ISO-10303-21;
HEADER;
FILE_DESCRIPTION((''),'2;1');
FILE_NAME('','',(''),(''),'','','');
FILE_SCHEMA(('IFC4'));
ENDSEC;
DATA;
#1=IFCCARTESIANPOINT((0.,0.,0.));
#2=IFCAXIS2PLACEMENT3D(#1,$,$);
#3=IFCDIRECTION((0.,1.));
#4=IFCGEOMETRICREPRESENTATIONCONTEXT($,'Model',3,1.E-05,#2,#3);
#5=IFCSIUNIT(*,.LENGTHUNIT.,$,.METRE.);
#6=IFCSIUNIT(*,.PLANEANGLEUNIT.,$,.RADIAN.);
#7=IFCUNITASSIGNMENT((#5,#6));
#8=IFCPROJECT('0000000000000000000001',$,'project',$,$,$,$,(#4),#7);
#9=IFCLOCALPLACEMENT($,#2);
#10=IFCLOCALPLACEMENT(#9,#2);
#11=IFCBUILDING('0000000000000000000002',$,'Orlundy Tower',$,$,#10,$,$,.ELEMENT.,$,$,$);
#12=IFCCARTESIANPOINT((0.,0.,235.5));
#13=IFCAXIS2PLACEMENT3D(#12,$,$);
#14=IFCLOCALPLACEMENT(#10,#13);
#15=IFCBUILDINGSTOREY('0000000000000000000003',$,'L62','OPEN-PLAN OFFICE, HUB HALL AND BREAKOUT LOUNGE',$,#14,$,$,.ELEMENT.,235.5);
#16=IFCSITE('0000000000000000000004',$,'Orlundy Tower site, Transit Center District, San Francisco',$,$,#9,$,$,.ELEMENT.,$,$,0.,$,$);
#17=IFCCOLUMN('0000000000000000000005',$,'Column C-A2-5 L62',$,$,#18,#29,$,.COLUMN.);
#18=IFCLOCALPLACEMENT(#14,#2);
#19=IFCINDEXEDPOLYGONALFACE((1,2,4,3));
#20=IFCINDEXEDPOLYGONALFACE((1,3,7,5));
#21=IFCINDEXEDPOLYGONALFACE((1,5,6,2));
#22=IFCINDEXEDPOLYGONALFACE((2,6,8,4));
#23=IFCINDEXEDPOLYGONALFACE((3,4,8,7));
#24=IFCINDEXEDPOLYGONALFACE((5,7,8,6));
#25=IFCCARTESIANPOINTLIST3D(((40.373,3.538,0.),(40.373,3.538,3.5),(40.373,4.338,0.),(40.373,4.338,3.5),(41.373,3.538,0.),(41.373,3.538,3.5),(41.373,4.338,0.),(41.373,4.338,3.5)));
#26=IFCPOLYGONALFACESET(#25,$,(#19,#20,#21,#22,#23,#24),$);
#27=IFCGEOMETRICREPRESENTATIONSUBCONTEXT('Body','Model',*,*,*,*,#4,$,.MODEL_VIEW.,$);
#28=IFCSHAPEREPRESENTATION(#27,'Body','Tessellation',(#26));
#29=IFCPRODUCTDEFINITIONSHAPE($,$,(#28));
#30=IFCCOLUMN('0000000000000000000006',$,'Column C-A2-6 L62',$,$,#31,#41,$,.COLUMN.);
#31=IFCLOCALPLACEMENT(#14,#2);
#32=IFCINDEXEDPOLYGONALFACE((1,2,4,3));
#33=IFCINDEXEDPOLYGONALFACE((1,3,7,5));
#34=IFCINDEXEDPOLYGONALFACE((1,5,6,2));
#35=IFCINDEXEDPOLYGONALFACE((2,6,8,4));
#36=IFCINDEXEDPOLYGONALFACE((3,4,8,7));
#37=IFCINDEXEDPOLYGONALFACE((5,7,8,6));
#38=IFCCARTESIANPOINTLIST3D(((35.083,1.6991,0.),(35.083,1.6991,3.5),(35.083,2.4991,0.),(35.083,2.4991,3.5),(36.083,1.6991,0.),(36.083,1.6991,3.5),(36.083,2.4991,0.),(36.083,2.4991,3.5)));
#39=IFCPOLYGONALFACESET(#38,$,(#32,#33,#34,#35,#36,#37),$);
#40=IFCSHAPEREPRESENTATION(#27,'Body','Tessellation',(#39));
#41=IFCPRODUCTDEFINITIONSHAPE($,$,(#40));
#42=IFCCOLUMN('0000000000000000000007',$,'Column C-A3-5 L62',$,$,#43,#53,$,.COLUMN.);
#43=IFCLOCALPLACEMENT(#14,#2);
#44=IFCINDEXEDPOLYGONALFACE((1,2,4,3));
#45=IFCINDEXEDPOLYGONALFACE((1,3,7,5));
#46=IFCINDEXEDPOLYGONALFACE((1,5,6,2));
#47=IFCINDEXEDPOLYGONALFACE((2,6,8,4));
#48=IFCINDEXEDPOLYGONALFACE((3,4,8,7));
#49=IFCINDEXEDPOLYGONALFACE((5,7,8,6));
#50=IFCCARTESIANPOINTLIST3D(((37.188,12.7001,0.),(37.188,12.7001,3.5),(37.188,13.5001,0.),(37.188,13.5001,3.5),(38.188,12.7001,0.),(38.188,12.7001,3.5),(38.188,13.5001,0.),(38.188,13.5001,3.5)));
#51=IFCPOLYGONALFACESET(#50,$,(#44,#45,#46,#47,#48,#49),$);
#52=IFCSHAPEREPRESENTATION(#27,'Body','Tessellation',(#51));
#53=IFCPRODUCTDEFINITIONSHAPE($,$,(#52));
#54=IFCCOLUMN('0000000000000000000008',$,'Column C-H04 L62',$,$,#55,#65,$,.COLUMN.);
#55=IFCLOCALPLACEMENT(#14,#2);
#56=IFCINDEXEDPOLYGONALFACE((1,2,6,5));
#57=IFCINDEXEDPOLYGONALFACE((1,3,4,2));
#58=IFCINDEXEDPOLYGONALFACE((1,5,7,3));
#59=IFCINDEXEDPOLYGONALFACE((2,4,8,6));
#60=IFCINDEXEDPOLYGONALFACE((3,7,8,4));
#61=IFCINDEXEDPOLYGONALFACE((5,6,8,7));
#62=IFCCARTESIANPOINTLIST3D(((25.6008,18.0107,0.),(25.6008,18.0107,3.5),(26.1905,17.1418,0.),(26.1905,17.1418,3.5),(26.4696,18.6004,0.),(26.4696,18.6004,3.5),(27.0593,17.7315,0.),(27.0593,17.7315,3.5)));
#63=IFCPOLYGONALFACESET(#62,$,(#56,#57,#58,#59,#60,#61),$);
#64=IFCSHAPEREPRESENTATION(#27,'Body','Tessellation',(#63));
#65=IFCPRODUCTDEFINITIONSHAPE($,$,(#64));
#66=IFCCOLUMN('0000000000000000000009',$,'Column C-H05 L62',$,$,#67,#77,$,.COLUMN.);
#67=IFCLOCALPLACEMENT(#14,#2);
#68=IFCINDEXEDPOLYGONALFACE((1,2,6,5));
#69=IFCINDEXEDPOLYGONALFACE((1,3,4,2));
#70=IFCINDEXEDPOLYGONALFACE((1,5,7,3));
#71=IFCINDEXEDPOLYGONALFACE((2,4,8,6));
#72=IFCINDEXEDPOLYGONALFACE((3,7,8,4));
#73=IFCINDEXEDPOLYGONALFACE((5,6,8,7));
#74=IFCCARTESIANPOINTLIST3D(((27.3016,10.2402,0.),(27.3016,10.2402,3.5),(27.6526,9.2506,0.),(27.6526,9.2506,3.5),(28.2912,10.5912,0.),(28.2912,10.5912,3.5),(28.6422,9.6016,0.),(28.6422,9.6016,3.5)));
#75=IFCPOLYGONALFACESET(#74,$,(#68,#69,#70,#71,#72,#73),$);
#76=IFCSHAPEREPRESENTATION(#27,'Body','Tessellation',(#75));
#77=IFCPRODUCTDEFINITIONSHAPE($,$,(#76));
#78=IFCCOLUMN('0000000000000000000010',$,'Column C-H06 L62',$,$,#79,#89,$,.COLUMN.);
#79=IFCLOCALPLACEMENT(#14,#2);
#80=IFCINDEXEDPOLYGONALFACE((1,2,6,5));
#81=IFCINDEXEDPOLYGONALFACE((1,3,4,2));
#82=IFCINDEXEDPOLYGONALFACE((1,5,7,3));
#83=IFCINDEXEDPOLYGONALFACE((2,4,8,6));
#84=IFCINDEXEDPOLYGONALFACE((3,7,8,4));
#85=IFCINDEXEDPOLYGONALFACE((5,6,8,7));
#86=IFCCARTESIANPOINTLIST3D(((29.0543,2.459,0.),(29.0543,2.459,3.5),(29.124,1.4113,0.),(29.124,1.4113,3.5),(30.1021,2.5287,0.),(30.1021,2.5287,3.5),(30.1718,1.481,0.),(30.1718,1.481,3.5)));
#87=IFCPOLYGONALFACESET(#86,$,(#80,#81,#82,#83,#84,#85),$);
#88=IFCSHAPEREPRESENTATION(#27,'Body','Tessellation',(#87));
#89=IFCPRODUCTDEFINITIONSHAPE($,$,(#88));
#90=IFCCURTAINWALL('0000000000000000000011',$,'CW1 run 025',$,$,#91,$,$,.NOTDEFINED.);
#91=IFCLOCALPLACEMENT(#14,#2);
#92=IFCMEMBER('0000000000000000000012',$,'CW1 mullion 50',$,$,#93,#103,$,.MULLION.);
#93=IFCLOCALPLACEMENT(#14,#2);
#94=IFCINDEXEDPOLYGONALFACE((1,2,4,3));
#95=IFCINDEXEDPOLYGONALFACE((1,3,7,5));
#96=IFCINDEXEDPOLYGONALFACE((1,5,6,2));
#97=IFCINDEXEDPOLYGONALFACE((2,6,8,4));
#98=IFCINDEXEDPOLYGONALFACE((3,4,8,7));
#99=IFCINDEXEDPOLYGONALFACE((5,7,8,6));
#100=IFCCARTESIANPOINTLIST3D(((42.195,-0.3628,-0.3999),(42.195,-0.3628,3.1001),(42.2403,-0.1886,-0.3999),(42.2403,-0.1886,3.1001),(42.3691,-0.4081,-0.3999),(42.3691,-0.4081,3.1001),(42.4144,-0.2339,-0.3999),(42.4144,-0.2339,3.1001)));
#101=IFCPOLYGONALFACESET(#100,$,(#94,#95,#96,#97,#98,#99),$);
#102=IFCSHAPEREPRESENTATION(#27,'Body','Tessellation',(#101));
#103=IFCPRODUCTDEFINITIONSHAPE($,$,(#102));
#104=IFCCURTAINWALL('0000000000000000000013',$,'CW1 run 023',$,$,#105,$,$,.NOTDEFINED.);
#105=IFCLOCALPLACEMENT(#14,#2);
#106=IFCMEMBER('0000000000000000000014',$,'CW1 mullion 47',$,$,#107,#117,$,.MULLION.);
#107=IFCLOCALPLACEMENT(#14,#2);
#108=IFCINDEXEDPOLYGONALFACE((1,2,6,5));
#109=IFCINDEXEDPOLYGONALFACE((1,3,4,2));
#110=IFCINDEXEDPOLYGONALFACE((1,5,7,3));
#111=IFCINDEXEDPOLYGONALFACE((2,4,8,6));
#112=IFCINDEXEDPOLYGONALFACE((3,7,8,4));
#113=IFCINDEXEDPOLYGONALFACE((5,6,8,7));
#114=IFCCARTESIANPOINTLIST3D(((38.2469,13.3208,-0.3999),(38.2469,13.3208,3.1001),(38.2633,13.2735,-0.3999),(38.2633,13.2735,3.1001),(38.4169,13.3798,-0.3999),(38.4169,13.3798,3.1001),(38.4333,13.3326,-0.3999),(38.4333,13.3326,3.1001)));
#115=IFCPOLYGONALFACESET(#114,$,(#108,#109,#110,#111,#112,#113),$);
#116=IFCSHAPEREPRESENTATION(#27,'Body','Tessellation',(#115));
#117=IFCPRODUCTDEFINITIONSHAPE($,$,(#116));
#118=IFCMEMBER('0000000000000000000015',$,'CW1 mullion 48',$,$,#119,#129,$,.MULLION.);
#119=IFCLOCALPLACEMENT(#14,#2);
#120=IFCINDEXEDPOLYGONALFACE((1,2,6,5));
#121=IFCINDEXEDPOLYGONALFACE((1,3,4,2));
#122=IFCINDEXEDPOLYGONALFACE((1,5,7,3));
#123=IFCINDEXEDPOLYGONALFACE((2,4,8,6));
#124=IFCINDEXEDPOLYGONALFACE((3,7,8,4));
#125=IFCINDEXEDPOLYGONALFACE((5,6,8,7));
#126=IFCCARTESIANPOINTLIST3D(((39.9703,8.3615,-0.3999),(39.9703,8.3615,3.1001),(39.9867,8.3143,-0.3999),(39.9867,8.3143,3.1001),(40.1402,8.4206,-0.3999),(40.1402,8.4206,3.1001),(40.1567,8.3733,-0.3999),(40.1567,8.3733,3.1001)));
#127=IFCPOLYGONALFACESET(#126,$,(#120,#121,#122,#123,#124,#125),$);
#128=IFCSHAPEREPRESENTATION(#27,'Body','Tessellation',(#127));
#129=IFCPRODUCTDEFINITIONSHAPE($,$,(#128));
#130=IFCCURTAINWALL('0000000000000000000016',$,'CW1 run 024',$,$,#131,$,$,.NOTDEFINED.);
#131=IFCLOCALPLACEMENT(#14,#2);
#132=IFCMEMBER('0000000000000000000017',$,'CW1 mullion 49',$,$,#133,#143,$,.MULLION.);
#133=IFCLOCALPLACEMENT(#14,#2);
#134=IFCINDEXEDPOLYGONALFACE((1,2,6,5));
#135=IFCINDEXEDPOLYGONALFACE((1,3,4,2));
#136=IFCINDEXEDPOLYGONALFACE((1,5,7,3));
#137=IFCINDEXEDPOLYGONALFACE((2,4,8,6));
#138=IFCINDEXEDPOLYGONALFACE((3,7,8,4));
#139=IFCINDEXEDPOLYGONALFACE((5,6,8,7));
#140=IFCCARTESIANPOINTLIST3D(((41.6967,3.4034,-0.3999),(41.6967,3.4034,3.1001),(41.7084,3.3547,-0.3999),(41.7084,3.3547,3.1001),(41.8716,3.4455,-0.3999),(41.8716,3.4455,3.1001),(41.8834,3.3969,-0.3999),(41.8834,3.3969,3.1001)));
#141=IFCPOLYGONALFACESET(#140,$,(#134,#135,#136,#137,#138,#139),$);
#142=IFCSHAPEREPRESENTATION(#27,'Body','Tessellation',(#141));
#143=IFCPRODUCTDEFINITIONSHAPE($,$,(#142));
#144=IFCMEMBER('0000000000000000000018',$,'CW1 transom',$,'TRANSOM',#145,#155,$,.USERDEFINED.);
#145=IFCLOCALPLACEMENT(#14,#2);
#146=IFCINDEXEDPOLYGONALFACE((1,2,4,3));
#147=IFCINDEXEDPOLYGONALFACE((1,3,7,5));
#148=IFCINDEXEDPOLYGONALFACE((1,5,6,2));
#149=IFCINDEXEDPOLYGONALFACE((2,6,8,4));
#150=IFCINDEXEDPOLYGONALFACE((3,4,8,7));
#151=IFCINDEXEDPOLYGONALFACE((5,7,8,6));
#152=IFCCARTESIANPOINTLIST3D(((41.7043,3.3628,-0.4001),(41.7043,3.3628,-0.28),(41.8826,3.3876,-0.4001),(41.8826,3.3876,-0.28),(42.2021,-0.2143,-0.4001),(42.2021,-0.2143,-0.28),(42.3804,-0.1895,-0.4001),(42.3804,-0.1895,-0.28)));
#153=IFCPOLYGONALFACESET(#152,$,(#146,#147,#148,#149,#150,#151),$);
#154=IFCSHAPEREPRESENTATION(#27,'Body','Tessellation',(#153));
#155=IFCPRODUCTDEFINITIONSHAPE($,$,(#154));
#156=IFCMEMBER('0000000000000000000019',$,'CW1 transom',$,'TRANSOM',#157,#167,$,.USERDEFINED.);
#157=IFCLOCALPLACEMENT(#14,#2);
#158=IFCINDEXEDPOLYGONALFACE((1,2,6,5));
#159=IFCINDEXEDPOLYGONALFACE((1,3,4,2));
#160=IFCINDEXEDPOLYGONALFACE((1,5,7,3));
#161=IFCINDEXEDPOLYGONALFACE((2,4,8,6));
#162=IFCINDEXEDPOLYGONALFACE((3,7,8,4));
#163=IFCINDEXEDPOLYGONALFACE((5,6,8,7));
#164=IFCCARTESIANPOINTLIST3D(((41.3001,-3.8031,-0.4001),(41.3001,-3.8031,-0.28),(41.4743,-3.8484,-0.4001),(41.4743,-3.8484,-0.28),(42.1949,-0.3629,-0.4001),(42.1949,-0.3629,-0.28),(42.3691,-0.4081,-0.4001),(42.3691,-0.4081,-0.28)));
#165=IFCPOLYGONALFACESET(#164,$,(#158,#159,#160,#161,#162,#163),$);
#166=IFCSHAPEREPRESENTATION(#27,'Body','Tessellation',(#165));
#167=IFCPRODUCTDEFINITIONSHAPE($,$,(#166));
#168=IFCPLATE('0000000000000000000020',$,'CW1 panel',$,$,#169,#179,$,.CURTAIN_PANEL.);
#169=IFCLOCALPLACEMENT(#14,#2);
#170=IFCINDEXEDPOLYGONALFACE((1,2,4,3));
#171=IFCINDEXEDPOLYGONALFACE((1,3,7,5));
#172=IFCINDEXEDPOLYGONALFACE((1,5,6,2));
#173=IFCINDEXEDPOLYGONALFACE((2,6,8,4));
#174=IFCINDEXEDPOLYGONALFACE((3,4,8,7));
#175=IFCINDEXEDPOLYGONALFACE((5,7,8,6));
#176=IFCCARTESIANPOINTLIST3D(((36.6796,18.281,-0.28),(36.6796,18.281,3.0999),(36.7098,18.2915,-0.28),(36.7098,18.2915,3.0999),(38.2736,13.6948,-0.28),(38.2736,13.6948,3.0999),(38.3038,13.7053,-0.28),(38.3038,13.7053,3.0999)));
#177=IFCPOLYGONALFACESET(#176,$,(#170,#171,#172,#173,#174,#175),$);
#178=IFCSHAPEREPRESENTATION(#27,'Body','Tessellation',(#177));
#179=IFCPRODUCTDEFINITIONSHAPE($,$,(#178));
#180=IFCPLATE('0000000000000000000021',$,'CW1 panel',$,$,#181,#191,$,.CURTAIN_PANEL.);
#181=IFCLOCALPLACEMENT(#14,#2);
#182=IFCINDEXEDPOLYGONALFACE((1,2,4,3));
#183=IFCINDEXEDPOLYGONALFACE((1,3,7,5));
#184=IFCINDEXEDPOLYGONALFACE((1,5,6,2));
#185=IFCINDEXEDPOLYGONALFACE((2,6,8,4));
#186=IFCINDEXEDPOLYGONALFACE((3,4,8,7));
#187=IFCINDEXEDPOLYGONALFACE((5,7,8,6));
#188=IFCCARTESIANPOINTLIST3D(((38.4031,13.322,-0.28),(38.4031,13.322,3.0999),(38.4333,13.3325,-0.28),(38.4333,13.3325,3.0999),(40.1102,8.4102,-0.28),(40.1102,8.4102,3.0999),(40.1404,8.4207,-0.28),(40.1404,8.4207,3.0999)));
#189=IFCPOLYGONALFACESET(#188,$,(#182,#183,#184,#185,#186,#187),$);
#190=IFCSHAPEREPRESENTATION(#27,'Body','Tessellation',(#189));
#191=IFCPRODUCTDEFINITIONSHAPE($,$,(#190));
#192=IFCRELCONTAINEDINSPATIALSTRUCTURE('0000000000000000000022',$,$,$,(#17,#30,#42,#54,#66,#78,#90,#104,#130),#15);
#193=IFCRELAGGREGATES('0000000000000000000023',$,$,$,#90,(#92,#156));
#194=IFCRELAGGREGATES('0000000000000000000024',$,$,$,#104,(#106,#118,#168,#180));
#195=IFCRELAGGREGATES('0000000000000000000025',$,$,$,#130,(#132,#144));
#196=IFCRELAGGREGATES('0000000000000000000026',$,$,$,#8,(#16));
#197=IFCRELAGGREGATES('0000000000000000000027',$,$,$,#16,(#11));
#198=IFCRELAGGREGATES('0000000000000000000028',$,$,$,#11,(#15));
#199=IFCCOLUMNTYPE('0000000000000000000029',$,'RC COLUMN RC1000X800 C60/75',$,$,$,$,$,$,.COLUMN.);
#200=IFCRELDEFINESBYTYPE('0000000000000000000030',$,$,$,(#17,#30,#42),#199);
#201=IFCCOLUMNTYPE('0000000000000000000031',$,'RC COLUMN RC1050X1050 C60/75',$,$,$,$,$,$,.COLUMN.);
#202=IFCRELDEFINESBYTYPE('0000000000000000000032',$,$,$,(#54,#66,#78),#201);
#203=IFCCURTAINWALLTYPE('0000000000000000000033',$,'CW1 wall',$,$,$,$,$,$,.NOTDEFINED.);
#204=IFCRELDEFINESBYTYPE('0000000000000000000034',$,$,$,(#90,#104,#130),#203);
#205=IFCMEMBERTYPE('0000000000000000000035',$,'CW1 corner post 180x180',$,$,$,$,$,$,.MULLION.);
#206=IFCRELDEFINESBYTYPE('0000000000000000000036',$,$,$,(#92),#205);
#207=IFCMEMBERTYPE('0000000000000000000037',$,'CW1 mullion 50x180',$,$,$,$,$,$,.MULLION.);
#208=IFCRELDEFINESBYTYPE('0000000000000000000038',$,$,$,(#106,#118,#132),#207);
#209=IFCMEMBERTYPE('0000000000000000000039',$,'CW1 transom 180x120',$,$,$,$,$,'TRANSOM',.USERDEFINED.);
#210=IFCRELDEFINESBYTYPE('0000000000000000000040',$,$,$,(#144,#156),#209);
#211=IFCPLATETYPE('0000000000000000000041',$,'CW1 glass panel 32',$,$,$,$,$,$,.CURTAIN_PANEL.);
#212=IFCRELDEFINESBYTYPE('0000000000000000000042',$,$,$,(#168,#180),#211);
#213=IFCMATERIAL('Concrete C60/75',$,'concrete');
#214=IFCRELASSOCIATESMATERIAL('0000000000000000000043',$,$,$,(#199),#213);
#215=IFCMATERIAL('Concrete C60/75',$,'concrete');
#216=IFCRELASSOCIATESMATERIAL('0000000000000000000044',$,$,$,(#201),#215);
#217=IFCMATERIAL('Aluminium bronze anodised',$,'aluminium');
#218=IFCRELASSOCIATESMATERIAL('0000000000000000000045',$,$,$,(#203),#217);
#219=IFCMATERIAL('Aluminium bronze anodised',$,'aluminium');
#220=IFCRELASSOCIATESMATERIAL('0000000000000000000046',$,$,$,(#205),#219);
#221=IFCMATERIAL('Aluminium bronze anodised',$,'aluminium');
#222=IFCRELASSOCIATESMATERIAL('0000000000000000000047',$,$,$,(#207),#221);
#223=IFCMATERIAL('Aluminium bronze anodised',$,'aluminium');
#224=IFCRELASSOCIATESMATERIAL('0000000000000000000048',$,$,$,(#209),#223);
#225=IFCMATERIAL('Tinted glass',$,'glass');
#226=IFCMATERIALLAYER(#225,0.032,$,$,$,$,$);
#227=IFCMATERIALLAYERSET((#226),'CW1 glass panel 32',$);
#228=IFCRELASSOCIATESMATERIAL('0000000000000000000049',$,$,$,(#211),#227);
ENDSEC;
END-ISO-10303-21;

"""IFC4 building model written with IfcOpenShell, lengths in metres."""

from ifc_helpers import new_model, si_unit, direction, frame, origin, origin_2d, place, context, subcontext, project, spatial, rectangle, extrude, material, layer, layer_set, material_profile, profile_set, type_object, element, aggregate, save


model = new_model("IFC4")

# Units and contexts
model_context = context("Model", 3, precision=1e-05, world=origin(), true_north=direction((0.0, 1.0)))
body_context = subcontext(model_context, "Body", "Model", "MODEL_VIEW")
ifc_project = project(units=[si_unit("LENGTHUNIT", "METRE"), si_unit("PLANEANGLEUNIT", "RADIAN")], contexts=[model_context])

# Site, building, storey
site_placement = place(None, origin())
site = spatial("IfcSite", under=ifc_project, at=site_placement, Name="Orlundy Tower site, Transit Center District, San Francisco", CompositionType="ELEMENT", RefElevation=0.0)
building_placement = place(site_placement, origin())
building = spatial("IfcBuilding", under=site, at=building_placement, Name="Orlundy Tower", CompositionType="ELEMENT")
storey_placement = place(building_placement, frame((0.0, 0.0, 235.5)))
storey = spatial("IfcBuildingStorey", under=building, at=storey_placement, Name="L62", Description="OPEN-PLAN OFFICE, HUB HALL AND BREAKOUT LOUNGE", CompositionType="ELEMENT", Elevation=235.5)

# Columns
ifc_material_1 = material(Name="Concrete C60/75", Category="concrete")
ifc_material_profile_1 = material_profile(ifc_material_1, rectangle(XDim=1.0, YDim=0.8, at=origin_2d()), Name="RC1000X800")
ifc_profile_set_1 = profile_set([ifc_material_profile_1], Name="Concrete C60/75")
column_type_1 = type_object("IfcColumnType", Name="RC COLUMN RC1000X800 C60/75", PredefinedType="COLUMN", material=ifc_profile_set_1)
for number, where, z_axis, x_axis, name in (
    (1, (40.873, 3.938, 0.0), (0.0, 0.0, 1.0), (1.0, 0.0, 0.0), "Column C-A2-5 L62"),
    (2, (35.583, 2.0991, 0.0), (0.0, 0.0, 1.0), (1.0, 0.0, 0.0), "Column C-A2-6 L62"),
    (3, (37.688, 13.1001, 0.0), (0.0, 0.0, 1.0), (1.0, 0.0, 0.0), "Column C-A3-5 L62"),
):
    element("IfcColumn", number, at=place(storey_placement, frame(where, z_axis=z_axis, x_axis=x_axis)), inside=storey, type_object=column_type_1, Name=name, PredefinedType="COLUMN", context=body_context, shape_type="SweptSolid", body=[
        extrude(rectangle(XDim=1.0, YDim=0.8, at=origin_2d()), origin(), (0.0, 0.0, 1.0), 3.5),
    ])
ifc_material_2 = material(Name="Concrete C60/75", Category="concrete")
ifc_material_profile_2 = material_profile(ifc_material_2, rectangle(XDim=1.05, YDim=1.05, at=origin_2d()), Name="RC1050X1050")
ifc_profile_set_2 = profile_set([ifc_material_profile_2], Name="Concrete C60/75")
column_type_2 = type_object("IfcColumnType", Name="RC COLUMN RC1050X1050 C60/75", PredefinedType="COLUMN", material=ifc_profile_set_2)
for number, where, z_axis, x_axis, name in (
    (4, (26.3301, 17.8711, 0.0), (0.0, 0.0, 1.0), (0.827414, 0.561592, 0.0), "Column C-H04 L62"),
    (5, (27.9719, 9.9209, 0.0), (0.0, 0.0, 1.0), (0.942478, 0.334267, 0.0), "Column C-H05 L62"),
    (6, (29.613, 1.97, 0.0), (0.0, 0.0, 1.0), (0.997795, 0.066378, 0.0), "Column C-H06 L62"),
):
    element("IfcColumn", number, at=place(storey_placement, frame(where, z_axis=z_axis, x_axis=x_axis)), inside=storey, type_object=column_type_2, Name=name, PredefinedType="COLUMN", context=body_context, shape_type="SweptSolid", body=[
        extrude(rectangle(XDim=1.05, YDim=1.05, at=origin_2d()), origin(), (0.0, 0.0, 1.0), 3.5),
    ])

# Curtain wall, member
ifc_material_3 = material(Name="Aluminium bronze anodised", Category="aluminium")
curtain_wall_type = type_object("IfcCurtainWallType", Name="CW1 wall", PredefinedType="NOTDEFINED", material=ifc_material_3)
curtain_wall_1_placement = place(storey_placement, origin())
curtain_wall_1 = element("IfcCurtainWall", 7, at=curtain_wall_1_placement, inside=storey, type_object=curtain_wall_type, Name="CW1 run 025", PredefinedType="NOTDEFINED")
ifc_material_4 = material(Name="Aluminium bronze anodised", Category="aluminium")
ifc_material_profile_3 = material_profile(ifc_material_4, rectangle(XDim=0.1799, YDim=0.1799, at=origin_2d()), Name="CW1 corner post 180x180")
ifc_profile_set_3 = profile_set([ifc_material_profile_3], Name="Aluminium bronze anodised")
member_type_1 = type_object("IfcMemberType", Name="CW1 corner post 180x180", PredefinedType="MULLION", material=ifc_profile_set_3)
member_1_placement = place(storey_placement, frame((42.3047, -0.2983, -0.3999), z_axis=(0.0, 0.0, 1.0), x_axis=(0.967798, -0.25173, 0.0)))
member_1 = element("IfcMember", 8, at=member_1_placement, type_object=member_type_1, Name="CW1 mullion 50", PredefinedType="MULLION", context=body_context, shape_type="SweptSolid", body=[
    extrude(rectangle(XDim=0.1799, YDim=0.1799, at=origin_2d()), origin(), (0.0, 0.0, 1.0), 3.5),
])

# Curtain walls, members
curtain_wall_2_placement = place(storey_placement, origin())
curtain_wall_2 = element("IfcCurtainWall", 9, at=curtain_wall_2_placement, inside=storey, type_object=curtain_wall_type, Name="CW1 run 023", PredefinedType="NOTDEFINED")
ifc_material_5 = material(Name="Aluminium bronze anodised", Category="aluminium")
ifc_material_profile_4 = material_profile(ifc_material_5, rectangle(XDim=0.1799, YDim=0.05, at=origin_2d()), Name="CW1 mullion 50x180")
ifc_profile_set_4 = profile_set([ifc_material_profile_4], Name="Aluminium bronze anodised")
member_type_2 = type_object("IfcMemberType", Name="CW1 mullion 50x180", PredefinedType="MULLION", material=ifc_profile_set_4)
member_2_placement = place(storey_placement, frame((38.3401, 13.3267, -0.3999), z_axis=(0.0, 0.0, 1.0), x_axis=(0.944578, 0.328288, 0.0)))
member_2 = element("IfcMember", 10, at=member_2_placement, type_object=member_type_2, Name="CW1 mullion 47", PredefinedType="MULLION", context=body_context, shape_type="SweptSolid", body=[
    extrude(rectangle(XDim=0.1799, YDim=0.05, at=origin_2d()), origin(), (0.0, 0.0, 1.0), 3.5),
])
member_3_placement = place(storey_placement, frame((40.0635, 8.3674, -0.3999), z_axis=(0.0, 0.0, 1.0), x_axis=(0.944578, 0.328288, 0.0)))
member_3 = element("IfcMember", 11, at=member_3_placement, type_object=member_type_2, Name="CW1 mullion 48", PredefinedType="MULLION", context=body_context, shape_type="SweptSolid", body=[
    extrude(rectangle(XDim=0.1799, YDim=0.05, at=origin_2d()), origin(), (0.0, 0.0, 1.0), 3.5),
])
curtain_wall_3_placement = place(storey_placement, origin())
curtain_wall_3 = element("IfcCurtainWall", 12, at=curtain_wall_3_placement, inside=storey, type_object=curtain_wall_type, Name="CW1 run 024", PredefinedType="NOTDEFINED")
member_4_placement = place(storey_placement, frame((41.79, 3.4001, -0.3999), z_axis=(0.0, 0.0, 1.0), x_axis=(0.972192, 0.234187, 0.0)))
member_4 = element("IfcMember", 13, at=member_4_placement, type_object=member_type_2, Name="CW1 mullion 49", PredefinedType="MULLION", context=body_context, shape_type="SweptSolid", body=[
    extrude(rectangle(XDim=0.1799, YDim=0.05, at=origin_2d()), origin(), (0.0, 0.0, 1.0), 3.5),
])
ifc_material_6 = material(Name="Aluminium bronze anodised", Category="aluminium")
ifc_material_profile_5 = material_profile(ifc_material_6, rectangle(XDim=0.1799, YDim=0.1201, at=origin_2d()), Name="CW1 transom 180x120")
ifc_profile_set_5 = profile_set([ifc_material_profile_5], Name="Aluminium bronze anodised")
member_type_3 = type_object("IfcMemberType", Name="CW1 transom 180x120", ElementType="TRANSOM", PredefinedType="USERDEFINED", material=ifc_profile_set_5)
member_5_placement = place(storey_placement, frame((41.7935, 3.3752, -0.3401), z_axis=(0.137834, -0.990455, 0.0), x_axis=(0.990455, 0.137834, 0.0)))
member_5 = element("IfcMember", 14, at=member_5_placement, type_object=member_type_3, Name="CW1 transom", ObjectType="TRANSOM", PredefinedType="USERDEFINED", context=body_context, shape_type="SweptSolid", body=[
    extrude(rectangle(XDim=0.1799, YDim=0.1201, at=origin_2d()), origin(), (0.0, 0.0, 1.0), 3.6116),
])

# Member
member_6_placement = place(storey_placement, frame((42.282, -0.3855, -0.3401), z_axis=(-0.25172, -0.9678, 0.0), x_axis=(0.9678, -0.25172, 0.0)))
member_6 = element("IfcMember", 15, at=member_6_placement, type_object=member_type_3, Name="CW1 transom", ObjectType="TRANSOM", PredefinedType="USERDEFINED", context=body_context, shape_type="SweptSolid", body=[
    extrude(rectangle(XDim=0.1799, YDim=0.1201, at=origin_2d()), origin(), (0.0, 0.0, 1.0), 3.5547),
])
aggregate(curtain_wall_1, [member_1, member_6])

# Plates
ifc_material_7 = material(Name="Tinted glass", Category="glass")
ifc_layer_1 = layer(ifc_material_7, 0.032)
ifc_layer_set_1 = layer_set([ifc_layer_1], Name="CW1 glass panel 32")
plate_type = type_object("IfcPlateType", Name="CW1 glass panel 32", PredefinedType="CURTAIN_PANEL", material=ifc_layer_set_1)
plate_1_placement = place(storey_placement, frame((37.4917, 15.9932, -0.28), z_axis=(0.0, 0.0, 1.0), x_axis=(0.328288, -0.944578, 0.0)))
plate_1 = element("IfcPlate", 16, at=plate_1_placement, type_object=plate_type, Name="CW1 panel", PredefinedType="CURTAIN_PANEL", context=body_context, shape_type="SweptSolid", body=[
    extrude(rectangle(XDim=4.8552, YDim=0.032, at=origin_2d()), origin(), (0.0, 0.0, 1.0), 3.3799),
])
plate_2_placement = place(storey_placement, frame((39.2717, 10.8713, -0.28), z_axis=(0.0, 0.0, 1.0), x_axis=(0.328288, -0.944578, 0.0)))
plate_2 = element("IfcPlate", 17, at=plate_2_placement, type_object=plate_type, Name="CW1 panel", PredefinedType="CURTAIN_PANEL", context=body_context, shape_type="SweptSolid", body=[
    extrude(rectangle(XDim=5.2, YDim=0.032, at=origin_2d()), origin(), (0.0, 0.0, 1.0), 3.3799),
])
aggregate(curtain_wall_2, [member_2, member_3, plate_1, plate_2])
aggregate(curtain_wall_3, [member_4, member_5])

save(model, "model.ifc")
